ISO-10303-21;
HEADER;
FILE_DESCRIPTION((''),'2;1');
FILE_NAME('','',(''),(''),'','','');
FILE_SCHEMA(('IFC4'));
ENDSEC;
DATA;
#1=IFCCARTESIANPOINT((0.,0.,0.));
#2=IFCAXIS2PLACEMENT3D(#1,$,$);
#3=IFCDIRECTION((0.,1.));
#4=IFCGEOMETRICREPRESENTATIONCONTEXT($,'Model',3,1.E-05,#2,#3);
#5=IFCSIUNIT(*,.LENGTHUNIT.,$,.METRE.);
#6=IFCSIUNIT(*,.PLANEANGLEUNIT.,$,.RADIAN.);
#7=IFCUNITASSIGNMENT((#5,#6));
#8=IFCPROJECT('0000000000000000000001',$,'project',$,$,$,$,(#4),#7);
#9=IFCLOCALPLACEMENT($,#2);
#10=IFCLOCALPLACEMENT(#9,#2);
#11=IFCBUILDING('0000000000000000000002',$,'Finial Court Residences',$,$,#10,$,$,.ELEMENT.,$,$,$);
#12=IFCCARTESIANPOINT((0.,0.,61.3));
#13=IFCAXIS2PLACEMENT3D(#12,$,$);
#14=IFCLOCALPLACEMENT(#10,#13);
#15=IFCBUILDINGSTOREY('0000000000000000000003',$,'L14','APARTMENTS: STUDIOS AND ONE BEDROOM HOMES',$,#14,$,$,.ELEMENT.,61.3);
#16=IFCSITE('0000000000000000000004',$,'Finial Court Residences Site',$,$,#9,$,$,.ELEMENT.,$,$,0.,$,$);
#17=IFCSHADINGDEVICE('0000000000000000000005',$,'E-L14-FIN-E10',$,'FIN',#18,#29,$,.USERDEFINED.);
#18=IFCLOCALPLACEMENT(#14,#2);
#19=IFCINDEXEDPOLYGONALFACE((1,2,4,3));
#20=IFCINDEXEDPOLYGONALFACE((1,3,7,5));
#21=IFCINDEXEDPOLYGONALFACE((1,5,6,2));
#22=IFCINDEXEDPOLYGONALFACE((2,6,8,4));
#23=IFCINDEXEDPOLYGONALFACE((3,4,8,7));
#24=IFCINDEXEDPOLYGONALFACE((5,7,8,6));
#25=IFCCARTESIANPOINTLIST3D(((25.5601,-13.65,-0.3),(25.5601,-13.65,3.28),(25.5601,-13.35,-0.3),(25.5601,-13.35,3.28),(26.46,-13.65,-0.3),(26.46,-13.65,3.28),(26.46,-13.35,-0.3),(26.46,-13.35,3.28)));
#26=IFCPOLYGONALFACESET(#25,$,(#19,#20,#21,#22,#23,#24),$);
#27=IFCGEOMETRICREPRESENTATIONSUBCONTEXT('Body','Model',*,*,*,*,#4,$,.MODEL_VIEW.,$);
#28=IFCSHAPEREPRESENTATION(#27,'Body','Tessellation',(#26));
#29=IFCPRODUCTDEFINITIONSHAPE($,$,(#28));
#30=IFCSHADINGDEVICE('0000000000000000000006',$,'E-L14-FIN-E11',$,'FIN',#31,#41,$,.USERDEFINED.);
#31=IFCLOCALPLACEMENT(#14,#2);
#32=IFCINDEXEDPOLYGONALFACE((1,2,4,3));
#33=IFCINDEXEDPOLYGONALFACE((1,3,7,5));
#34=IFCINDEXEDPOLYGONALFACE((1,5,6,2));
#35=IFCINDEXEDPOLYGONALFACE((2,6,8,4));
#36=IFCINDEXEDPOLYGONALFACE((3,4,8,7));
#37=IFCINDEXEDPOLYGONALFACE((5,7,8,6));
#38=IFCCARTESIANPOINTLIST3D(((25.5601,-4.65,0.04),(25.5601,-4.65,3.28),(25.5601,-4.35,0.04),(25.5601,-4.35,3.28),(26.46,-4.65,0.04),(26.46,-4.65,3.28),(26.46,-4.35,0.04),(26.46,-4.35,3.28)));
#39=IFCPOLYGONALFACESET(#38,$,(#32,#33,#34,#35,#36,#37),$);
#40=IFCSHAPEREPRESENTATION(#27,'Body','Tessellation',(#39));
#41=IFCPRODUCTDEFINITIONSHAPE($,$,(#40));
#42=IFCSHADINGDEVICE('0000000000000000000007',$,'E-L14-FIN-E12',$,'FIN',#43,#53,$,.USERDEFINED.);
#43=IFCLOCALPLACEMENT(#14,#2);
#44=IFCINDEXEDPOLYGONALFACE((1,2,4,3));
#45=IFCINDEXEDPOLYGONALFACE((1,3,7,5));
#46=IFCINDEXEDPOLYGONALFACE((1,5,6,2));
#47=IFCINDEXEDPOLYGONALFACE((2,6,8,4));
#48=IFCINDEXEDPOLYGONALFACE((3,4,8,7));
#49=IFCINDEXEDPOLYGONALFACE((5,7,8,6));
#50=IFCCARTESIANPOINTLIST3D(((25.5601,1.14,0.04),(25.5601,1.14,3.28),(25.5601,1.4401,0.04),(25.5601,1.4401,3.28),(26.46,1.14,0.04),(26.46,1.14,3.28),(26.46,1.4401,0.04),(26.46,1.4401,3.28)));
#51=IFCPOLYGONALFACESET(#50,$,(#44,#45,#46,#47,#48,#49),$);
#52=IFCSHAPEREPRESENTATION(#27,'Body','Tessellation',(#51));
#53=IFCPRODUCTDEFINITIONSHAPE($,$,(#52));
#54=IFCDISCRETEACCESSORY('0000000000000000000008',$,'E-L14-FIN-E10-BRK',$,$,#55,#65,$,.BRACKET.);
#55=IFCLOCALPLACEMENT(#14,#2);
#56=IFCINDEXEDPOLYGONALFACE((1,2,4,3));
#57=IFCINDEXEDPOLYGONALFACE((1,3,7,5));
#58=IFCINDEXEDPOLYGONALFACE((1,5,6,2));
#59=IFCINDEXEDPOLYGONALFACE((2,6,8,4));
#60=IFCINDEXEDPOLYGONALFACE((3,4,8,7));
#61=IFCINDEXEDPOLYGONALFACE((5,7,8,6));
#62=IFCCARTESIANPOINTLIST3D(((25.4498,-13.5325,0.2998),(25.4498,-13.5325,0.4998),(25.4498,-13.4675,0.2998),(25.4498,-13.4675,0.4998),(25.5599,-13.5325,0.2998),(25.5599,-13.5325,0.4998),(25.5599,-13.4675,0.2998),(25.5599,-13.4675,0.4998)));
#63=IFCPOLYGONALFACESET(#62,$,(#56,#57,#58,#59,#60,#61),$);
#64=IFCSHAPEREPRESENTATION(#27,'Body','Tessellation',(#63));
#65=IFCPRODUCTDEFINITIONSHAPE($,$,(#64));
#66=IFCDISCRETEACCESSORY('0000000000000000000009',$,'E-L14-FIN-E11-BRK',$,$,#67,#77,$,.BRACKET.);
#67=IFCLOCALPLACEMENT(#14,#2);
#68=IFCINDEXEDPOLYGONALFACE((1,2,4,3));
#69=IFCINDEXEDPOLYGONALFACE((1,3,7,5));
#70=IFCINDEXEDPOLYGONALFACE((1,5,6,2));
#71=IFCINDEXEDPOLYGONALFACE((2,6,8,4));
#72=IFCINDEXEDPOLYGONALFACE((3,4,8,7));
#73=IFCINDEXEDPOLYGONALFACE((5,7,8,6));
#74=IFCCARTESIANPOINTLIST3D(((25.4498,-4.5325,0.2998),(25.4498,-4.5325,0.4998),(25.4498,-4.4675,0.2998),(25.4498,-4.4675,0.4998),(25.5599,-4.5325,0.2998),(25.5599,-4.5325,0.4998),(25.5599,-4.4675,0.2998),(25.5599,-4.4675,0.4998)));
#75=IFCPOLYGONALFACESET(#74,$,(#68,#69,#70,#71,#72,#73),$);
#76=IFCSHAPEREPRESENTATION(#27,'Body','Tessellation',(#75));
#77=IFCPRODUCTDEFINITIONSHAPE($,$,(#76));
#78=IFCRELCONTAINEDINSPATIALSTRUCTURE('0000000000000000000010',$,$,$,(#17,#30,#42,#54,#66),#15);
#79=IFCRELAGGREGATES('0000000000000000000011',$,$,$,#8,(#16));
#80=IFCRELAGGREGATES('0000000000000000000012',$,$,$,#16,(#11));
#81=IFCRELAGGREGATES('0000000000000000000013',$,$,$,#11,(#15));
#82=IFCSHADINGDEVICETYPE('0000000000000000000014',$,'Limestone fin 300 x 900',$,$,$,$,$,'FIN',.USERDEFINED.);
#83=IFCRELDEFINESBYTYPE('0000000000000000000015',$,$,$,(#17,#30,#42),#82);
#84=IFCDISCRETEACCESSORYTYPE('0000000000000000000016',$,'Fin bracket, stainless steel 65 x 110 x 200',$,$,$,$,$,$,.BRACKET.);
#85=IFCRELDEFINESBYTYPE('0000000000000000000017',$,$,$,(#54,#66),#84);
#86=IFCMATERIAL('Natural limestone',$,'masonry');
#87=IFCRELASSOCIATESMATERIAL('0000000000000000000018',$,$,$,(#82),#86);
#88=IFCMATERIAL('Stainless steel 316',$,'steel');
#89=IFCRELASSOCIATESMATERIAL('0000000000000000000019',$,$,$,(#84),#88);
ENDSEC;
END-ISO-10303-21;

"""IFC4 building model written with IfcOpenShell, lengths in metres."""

from ifc_helpers import new_model, si_unit, direction, frame, origin, origin_2d, place, context, subcontext, project, spatial, rectangle, extrude, material, type_object, element, save


model = new_model("IFC4")

# Units and contexts
model_context = context("Model", 3, precision=1e-05, world=origin(), true_north=direction((0.0, 1.0)))
body_context = subcontext(model_context, "Body", "Model", "MODEL_VIEW")
ifc_project = project(units=[si_unit("LENGTHUNIT", "METRE"), si_unit("PLANEANGLEUNIT", "RADIAN")], contexts=[model_context])

# Site, building, storey
site_placement = place(None, origin())
site = spatial("IfcSite", under=ifc_project, at=site_placement, Name="Finial Court Residences Site", CompositionType="ELEMENT", RefElevation=0.0)
building_placement = place(site_placement, origin())
building = spatial("IfcBuilding", under=site, at=building_placement, Name="Finial Court Residences", CompositionType="ELEMENT")
storey_placement = place(building_placement, frame((0.0, 0.0, 61.3)))
storey = spatial("IfcBuildingStorey", under=building, at=storey_placement, Name="L14", Description="APARTMENTS: STUDIOS AND ONE BEDROOM HOMES", CompositionType="ELEMENT", Elevation=61.3)

# Shading devices
ifc_material_1 = material(Name="Natural limestone", Category="masonry")
shading_device_type = type_object("IfcShadingDeviceType", Name="Limestone fin 300 x 900", ElementType="FIN", PredefinedType="USERDEFINED", material=ifc_material_1)
shading_device_placement = place(storey_placement, frame((26.01, -13.5, -0.3), z_axis=(0.0, 0.0, 1.0), x_axis=(1.0, 0.0, 0.0)))
element("IfcShadingDevice", 1, at=shading_device_placement, inside=storey, type_object=shading_device_type, Name="E-L14-FIN-E10", ObjectType="FIN", PredefinedType="USERDEFINED", context=body_context, shape_type="SweptSolid", body=[
    extrude(rectangle(XDim=0.8999, YDim=0.3, at=origin_2d()), origin(), (0.0, 0.0, 1.0), 3.5801),
])
for number, where, z_axis, x_axis, name in (
    (2, (26.01, -4.5, 0.04), (0.0, 0.0, 1.0), (1.0, 0.0, 0.0), "E-L14-FIN-E11"),
    (3, (26.01, 1.29, 0.04), (0.0, 0.0, 1.0), (1.0, 0.0, 0.0), "E-L14-FIN-E12"),
):
    element("IfcShadingDevice", number, at=place(storey_placement, frame(where, z_axis=z_axis, x_axis=x_axis)), inside=storey, type_object=shading_device_type, Name=name, ObjectType="FIN", PredefinedType="USERDEFINED", context=body_context, shape_type="SweptSolid", body=[
        extrude(rectangle(XDim=0.8999, YDim=0.3, at=origin_2d()), origin(), (0.0, 0.0, 1.0), 3.24),
    ])

# Discrete accessories
ifc_material_2 = material(Name="Stainless steel 316", Category="steel")
discrete_accessory_type = type_object("IfcDiscreteAccessoryType", Name="Fin bracket, stainless steel 65 x 110 x 200", PredefinedType="BRACKET", material=ifc_material_2)
for number, where, z_axis, x_axis, name in (
    (4, (25.5049, -13.5, 0.2998), (0.0, 0.0, 1.0), (1.0, 0.0, 0.0), "E-L14-FIN-E10-BRK"),
    (5, (25.5049, -4.5, 0.2998), (0.0, 0.0, 1.0), (1.0, 0.0, 0.0), "E-L14-FIN-E11-BRK"),
):
    element("IfcDiscreteAccessory", number, at=place(storey_placement, frame(where, z_axis=z_axis, x_axis=x_axis)), inside=storey, type_object=discrete_accessory_type, Name=name, PredefinedType="BRACKET", context=body_context, shape_type="SweptSolid", body=[
        extrude(rectangle(XDim=0.1101, YDim=0.0649, at=origin_2d()), origin(), (0.0, 0.0, 1.0), 0.2),
    ])

save(model, "model.ifc")
